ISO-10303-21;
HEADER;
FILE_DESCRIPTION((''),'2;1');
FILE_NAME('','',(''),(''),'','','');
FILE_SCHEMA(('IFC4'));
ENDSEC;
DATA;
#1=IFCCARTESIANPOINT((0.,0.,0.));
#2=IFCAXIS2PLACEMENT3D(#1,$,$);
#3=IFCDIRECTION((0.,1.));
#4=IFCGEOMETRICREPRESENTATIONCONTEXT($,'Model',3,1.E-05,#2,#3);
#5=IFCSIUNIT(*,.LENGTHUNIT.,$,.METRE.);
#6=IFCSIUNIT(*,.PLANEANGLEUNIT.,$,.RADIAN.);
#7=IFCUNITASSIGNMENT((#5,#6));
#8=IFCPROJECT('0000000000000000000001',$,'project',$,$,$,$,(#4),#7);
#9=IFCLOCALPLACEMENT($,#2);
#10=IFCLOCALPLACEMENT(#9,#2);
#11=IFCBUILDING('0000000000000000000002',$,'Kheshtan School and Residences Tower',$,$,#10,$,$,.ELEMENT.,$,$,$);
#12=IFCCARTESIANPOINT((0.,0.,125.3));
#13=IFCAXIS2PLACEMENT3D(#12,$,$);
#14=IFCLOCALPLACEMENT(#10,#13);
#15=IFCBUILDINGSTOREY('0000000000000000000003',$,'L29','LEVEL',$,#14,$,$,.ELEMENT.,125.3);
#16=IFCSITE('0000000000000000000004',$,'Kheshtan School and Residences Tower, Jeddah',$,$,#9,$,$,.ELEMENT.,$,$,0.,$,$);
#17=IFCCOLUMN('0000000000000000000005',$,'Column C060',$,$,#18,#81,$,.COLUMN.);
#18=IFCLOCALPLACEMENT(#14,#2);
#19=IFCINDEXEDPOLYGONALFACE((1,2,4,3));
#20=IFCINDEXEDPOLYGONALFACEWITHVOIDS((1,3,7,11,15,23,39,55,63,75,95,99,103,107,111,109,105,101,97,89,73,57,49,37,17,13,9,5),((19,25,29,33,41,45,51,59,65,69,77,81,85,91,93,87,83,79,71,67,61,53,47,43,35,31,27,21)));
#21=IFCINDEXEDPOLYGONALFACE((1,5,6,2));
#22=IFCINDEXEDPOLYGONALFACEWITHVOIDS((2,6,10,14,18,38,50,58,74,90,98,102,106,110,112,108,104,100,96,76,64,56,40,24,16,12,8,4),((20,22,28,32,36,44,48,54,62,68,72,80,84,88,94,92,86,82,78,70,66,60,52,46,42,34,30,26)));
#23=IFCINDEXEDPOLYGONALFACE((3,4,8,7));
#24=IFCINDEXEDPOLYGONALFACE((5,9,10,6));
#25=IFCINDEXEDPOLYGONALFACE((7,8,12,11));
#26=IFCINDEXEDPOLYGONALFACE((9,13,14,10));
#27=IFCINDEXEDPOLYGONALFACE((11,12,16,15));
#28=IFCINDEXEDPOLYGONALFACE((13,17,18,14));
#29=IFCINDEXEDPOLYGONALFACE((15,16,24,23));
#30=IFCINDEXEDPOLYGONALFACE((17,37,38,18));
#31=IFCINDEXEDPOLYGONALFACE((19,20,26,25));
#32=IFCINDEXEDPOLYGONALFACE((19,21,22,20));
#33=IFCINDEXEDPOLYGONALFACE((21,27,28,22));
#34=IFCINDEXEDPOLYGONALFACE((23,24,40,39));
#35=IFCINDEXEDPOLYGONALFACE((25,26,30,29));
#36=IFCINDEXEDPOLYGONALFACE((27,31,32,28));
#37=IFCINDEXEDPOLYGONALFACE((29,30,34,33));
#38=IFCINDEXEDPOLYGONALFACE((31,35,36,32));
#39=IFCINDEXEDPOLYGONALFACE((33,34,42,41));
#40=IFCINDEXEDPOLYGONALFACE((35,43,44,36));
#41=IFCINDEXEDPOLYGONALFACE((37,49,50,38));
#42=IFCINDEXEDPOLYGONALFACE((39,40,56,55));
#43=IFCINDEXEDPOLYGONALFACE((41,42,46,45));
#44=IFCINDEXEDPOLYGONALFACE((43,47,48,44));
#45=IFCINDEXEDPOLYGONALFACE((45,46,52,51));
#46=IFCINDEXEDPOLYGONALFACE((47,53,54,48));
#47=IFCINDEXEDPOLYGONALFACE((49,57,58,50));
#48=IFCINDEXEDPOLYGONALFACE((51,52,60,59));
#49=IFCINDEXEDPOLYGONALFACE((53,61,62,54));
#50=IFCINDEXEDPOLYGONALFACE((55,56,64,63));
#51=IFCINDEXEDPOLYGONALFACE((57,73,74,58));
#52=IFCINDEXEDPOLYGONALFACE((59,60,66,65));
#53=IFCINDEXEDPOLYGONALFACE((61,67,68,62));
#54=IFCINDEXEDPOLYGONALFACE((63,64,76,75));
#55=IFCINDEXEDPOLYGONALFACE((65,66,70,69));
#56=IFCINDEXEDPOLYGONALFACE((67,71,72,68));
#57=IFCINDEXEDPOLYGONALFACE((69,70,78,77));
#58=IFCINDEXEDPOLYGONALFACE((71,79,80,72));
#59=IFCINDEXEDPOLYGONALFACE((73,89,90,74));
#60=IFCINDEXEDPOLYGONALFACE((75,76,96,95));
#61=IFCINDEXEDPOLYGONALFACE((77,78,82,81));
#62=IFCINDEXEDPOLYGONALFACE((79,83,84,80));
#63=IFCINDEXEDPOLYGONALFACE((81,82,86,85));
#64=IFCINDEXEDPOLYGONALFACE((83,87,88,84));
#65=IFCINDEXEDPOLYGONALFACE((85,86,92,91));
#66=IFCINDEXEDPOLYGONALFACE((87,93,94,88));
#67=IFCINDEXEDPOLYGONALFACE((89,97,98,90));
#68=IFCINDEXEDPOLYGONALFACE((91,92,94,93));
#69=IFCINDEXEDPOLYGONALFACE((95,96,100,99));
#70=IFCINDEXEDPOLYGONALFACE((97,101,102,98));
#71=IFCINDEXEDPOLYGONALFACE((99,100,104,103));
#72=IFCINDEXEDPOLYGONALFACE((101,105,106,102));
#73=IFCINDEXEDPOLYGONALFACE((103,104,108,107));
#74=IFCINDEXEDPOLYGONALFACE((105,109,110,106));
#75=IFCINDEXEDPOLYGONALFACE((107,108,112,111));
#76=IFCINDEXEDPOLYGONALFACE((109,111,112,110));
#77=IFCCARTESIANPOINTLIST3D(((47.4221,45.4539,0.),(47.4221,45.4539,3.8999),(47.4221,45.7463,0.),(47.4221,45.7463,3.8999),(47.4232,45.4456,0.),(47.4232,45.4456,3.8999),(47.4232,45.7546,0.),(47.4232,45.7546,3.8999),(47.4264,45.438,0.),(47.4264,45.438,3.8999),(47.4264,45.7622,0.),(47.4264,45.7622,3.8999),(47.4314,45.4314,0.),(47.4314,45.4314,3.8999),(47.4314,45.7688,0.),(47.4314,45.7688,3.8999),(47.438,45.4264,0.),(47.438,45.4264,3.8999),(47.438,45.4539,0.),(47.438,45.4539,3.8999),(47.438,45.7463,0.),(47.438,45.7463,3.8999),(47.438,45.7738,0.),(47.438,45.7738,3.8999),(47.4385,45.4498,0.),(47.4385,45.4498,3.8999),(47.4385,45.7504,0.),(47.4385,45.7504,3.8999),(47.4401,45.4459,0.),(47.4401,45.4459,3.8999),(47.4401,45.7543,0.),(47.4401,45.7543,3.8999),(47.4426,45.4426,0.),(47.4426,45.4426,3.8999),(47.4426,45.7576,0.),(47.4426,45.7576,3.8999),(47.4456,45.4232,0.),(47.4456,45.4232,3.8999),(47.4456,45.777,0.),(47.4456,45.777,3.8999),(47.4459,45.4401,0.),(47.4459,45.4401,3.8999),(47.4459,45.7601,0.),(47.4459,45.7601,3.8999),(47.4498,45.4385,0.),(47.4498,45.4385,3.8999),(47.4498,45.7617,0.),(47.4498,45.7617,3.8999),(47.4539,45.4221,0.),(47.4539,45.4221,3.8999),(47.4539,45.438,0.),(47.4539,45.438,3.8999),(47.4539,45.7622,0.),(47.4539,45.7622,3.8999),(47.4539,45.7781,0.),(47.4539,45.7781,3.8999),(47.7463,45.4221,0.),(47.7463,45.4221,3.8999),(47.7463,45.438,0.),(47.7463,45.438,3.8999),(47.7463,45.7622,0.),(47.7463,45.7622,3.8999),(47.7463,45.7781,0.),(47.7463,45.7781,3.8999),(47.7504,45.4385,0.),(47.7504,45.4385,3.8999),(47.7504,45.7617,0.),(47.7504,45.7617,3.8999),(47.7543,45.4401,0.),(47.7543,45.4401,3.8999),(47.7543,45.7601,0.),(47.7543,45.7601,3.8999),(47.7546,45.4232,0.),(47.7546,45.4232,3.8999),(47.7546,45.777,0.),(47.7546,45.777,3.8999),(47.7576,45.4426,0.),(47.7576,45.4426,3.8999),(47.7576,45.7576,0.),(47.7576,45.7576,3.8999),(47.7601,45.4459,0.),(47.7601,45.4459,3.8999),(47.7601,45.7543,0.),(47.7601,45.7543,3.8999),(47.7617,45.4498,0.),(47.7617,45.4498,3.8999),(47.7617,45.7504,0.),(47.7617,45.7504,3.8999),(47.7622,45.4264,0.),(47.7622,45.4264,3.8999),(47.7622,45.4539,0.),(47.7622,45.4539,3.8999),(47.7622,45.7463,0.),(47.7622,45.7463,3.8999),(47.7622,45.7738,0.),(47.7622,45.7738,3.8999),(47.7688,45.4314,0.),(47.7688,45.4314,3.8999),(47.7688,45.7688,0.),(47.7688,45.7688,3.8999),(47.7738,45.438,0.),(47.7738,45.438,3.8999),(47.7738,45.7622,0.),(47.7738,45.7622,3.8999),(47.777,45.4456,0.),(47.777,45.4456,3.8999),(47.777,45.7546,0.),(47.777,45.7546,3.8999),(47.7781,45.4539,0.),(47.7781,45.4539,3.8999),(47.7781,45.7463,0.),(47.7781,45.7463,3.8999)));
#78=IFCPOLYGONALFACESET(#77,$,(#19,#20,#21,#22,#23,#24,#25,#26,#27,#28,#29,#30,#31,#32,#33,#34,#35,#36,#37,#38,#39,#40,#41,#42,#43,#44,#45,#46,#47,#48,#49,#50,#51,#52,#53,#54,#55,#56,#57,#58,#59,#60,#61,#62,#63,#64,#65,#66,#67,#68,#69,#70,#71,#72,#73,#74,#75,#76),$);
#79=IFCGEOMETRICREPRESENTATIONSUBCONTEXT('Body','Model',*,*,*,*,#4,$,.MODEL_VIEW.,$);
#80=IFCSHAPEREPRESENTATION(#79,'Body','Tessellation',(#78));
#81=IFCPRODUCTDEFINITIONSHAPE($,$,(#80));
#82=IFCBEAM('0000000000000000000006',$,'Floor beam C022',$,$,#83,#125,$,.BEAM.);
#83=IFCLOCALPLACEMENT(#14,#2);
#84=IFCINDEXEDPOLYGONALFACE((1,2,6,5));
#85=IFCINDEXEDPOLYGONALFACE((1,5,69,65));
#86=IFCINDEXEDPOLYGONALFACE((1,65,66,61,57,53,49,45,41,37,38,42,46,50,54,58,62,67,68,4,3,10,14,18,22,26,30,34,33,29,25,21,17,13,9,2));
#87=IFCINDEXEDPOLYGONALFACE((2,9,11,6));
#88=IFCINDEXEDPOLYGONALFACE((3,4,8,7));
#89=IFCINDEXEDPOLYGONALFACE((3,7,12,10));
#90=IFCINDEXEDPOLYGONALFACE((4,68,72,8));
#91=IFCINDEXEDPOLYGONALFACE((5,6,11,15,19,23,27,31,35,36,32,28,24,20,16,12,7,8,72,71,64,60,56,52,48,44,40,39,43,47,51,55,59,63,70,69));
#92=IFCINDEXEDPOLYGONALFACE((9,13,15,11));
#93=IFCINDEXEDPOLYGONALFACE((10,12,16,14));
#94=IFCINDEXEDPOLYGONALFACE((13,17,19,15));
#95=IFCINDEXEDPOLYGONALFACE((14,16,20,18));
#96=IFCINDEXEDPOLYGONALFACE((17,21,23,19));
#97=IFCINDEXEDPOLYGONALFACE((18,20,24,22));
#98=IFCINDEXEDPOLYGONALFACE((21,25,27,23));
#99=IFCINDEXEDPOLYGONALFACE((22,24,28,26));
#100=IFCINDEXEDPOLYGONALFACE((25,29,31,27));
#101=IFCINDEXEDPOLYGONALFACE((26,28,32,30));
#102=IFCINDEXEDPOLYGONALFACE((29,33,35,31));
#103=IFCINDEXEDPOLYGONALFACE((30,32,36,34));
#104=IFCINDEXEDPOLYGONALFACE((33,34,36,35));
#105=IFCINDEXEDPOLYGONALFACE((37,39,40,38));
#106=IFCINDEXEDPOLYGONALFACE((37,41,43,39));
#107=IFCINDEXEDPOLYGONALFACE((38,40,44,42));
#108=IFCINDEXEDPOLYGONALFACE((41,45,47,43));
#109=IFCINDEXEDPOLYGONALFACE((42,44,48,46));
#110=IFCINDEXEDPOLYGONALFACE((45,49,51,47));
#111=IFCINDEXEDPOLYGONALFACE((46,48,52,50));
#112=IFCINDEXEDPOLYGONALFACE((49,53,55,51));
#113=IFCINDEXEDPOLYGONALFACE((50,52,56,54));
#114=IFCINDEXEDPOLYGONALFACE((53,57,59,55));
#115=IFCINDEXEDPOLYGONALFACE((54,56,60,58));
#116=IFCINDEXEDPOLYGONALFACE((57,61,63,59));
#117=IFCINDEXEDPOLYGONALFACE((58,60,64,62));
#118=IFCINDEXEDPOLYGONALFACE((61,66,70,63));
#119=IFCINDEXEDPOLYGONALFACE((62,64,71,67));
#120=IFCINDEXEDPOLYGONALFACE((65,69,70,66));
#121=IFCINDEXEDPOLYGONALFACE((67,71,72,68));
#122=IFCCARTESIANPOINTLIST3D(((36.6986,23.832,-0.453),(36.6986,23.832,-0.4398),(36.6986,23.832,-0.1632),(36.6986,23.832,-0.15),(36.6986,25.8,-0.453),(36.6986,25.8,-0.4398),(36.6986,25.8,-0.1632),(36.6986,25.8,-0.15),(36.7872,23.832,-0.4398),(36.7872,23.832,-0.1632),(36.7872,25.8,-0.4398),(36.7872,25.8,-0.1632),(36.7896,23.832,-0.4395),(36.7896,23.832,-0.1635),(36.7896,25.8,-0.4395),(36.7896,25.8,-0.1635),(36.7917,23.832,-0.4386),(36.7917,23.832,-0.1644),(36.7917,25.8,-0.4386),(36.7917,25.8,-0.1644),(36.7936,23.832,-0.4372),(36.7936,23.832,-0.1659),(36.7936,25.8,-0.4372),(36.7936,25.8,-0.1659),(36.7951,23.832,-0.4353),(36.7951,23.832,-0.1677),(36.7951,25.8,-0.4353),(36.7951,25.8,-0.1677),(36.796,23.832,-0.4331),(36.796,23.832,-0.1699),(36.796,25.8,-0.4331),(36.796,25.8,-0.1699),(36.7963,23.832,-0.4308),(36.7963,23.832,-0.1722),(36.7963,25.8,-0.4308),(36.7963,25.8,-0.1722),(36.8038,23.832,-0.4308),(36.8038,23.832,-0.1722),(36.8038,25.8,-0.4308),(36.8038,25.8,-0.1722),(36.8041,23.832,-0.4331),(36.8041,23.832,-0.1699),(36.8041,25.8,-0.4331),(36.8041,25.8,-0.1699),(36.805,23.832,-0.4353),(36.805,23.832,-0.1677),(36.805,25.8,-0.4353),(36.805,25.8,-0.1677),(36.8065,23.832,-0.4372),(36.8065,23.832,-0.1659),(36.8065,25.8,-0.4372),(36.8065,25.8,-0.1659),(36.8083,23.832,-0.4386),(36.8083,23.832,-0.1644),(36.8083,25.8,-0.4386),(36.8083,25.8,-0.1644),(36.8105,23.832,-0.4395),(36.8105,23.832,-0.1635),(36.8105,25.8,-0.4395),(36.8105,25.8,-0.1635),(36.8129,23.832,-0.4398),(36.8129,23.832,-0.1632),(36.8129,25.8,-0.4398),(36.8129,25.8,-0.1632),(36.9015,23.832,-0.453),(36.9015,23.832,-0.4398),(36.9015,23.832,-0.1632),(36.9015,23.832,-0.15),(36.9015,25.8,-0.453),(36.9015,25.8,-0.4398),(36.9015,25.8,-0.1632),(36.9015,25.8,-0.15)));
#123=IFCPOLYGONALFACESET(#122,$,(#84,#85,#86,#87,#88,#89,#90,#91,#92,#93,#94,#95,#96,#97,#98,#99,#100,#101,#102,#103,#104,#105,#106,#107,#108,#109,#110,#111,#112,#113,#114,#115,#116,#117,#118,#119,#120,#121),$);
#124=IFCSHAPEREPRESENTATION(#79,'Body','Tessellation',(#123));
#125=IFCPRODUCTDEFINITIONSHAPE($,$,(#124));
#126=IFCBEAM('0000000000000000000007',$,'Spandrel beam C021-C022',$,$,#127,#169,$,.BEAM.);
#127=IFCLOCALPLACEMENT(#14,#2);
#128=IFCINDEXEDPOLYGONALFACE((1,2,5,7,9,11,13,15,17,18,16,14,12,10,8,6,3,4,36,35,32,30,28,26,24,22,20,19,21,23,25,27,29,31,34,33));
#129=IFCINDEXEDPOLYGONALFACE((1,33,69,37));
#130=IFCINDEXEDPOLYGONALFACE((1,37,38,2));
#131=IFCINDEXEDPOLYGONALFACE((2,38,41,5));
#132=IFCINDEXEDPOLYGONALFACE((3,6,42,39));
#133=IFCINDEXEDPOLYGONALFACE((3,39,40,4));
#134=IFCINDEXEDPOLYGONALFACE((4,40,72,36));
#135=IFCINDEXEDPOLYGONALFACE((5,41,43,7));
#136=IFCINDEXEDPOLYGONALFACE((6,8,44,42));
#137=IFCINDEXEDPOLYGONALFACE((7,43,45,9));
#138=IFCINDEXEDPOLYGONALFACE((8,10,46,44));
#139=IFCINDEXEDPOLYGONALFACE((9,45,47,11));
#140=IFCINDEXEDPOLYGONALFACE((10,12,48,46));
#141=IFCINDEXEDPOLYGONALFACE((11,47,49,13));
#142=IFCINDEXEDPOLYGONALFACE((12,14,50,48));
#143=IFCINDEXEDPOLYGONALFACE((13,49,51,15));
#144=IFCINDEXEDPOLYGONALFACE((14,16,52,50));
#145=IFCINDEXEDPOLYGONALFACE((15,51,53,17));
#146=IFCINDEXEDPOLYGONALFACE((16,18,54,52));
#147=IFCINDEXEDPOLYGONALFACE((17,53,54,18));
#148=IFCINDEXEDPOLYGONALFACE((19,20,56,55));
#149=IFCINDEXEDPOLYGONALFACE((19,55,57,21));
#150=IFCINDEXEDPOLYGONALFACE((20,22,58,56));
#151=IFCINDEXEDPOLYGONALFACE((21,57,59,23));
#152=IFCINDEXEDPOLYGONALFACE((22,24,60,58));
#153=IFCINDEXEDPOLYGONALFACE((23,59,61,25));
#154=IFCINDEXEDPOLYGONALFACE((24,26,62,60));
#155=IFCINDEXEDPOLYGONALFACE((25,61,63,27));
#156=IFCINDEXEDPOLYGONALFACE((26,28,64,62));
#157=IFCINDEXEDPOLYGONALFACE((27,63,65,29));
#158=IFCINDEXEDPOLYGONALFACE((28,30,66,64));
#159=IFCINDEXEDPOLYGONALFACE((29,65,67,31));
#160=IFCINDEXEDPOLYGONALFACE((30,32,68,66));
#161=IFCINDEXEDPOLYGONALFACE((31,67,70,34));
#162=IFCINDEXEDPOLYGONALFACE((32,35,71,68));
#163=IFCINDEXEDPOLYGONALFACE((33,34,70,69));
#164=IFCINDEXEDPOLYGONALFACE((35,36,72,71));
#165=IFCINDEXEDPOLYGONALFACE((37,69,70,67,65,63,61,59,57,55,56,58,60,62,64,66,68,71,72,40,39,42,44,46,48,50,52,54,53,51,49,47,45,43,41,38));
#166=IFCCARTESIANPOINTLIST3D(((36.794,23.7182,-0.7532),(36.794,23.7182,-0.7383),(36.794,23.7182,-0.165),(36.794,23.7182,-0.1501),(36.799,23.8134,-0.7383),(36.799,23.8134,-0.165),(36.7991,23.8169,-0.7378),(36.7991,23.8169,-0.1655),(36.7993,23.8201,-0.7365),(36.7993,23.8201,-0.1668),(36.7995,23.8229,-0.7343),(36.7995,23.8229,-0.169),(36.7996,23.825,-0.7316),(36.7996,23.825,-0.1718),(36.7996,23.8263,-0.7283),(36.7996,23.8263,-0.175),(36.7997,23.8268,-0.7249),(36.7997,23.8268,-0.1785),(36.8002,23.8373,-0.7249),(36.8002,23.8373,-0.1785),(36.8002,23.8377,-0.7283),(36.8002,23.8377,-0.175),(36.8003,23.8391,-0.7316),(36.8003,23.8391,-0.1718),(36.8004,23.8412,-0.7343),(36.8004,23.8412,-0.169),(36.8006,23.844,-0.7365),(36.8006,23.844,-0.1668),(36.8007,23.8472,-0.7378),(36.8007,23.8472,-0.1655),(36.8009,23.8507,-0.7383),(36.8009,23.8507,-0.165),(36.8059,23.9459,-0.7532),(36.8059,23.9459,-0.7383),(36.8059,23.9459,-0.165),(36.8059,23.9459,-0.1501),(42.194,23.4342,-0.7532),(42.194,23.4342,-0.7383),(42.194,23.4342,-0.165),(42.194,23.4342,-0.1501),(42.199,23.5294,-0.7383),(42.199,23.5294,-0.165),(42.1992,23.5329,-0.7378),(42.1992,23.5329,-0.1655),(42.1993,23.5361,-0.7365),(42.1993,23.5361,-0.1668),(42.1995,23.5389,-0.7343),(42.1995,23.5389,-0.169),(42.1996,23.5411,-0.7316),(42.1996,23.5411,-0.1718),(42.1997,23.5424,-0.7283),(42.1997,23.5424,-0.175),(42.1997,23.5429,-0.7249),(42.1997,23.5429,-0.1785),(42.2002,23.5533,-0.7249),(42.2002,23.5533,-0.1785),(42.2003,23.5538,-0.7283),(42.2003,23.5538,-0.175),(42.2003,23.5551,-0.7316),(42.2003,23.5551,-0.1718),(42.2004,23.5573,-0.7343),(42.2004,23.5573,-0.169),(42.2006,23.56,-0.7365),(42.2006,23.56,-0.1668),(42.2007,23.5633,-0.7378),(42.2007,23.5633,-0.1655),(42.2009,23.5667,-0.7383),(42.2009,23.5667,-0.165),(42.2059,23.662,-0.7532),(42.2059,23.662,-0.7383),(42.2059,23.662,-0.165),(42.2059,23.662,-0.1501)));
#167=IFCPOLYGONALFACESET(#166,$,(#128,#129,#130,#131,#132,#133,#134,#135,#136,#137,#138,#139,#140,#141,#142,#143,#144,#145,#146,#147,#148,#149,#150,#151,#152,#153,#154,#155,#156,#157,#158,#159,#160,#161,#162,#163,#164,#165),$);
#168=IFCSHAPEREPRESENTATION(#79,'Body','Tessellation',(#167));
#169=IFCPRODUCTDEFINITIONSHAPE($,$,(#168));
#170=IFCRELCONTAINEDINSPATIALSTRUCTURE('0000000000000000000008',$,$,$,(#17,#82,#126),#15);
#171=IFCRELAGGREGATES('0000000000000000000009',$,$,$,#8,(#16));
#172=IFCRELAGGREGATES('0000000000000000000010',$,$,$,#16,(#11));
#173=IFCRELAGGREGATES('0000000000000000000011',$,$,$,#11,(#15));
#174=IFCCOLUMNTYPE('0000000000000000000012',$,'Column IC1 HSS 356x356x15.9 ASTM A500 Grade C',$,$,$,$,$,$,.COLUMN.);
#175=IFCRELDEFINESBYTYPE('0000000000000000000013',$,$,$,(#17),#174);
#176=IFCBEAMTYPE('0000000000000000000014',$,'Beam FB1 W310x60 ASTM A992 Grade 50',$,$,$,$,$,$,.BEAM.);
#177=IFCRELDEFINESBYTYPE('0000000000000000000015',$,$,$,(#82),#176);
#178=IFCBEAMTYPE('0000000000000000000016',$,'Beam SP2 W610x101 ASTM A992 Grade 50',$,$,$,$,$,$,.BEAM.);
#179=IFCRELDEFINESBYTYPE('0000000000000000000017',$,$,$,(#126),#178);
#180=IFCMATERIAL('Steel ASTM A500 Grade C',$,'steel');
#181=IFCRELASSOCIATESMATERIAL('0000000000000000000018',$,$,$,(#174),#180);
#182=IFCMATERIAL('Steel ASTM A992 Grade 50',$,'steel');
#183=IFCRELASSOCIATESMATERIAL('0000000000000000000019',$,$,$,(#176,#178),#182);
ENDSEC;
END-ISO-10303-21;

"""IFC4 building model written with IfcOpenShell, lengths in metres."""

from ifc_helpers import new_model, si_unit, direction, frame, origin, origin_2d, place, context, subcontext, project, spatial, hollow_rectangle, i_section, extrude, material, material_profile, profile_set, type_object, element, save


model = new_model("IFC4")

# Units and contexts
model_context = context("Model", 3, precision=1e-05, world=origin(), true_north=direction((0.0, 1.0)))
body_context = subcontext(model_context, "Body", "Model", "MODEL_VIEW")
ifc_project = project(units=[si_unit("LENGTHUNIT", "METRE"), si_unit("PLANEANGLEUNIT", "RADIAN")], contexts=[model_context])

# Site, building, storey
site_placement = place(None, origin())
site = spatial("IfcSite", under=ifc_project, at=site_placement, Name="Kheshtan School and Residences Tower, Jeddah", CompositionType="ELEMENT", RefElevation=0.0)
building_placement = place(site_placement, origin())
building = spatial("IfcBuilding", under=site, at=building_placement, Name="Kheshtan School and Residences Tower", CompositionType="ELEMENT")
storey_placement = place(building_placement, frame((0.0, 0.0, 125.3)))
storey = spatial("IfcBuildingStorey", under=building, at=storey_placement, Name="L29", Description="LEVEL", CompositionType="ELEMENT", Elevation=125.3)

# Column
ifc_material_1 = material(Name="Steel ASTM A992 Grade 50", Category="steel")
ifc_material_2 = material(Name="Steel ASTM A500 Grade C", Category="steel")
ifc_material_profile_1 = material_profile(ifc_material_2, hollow_rectangle(XDim=0.356, YDim=0.356, WallThickness=0.0159, InnerFilletRadius=0.0159, OuterFilletRadius=0.0317, at=origin_2d()), Name="HSS 356x356x15.9")
ifc_profile_set_1 = profile_set([ifc_material_profile_1], Name="Steel ASTM A500 Grade C")
column_type_1 = type_object("IfcColumnType", Name="Column IC1 HSS 356x356x15.9 ASTM A500 Grade C", PredefinedType="COLUMN", material=ifc_profile_set_1)
column_placement = place(storey_placement, frame((47.6001, 45.6001, 0.0), z_axis=(0.0, 0.0, 1.0), x_axis=(1.0, 0.0, 0.0)))
element("IfcColumn", 1, at=column_placement, inside=storey, type_object=column_type_1, Name="Column C060", PredefinedType="COLUMN", context=body_context, shape_type="SweptSolid", body=[
    extrude(hollow_rectangle(XDim=0.356, YDim=0.356, WallThickness=0.0159, InnerFilletRadius=0.0159, OuterFilletRadius=0.0317, at=origin_2d()), origin(), (0.0, 0.0, 1.0), 3.8999),
])

# Beams
ifc_material_profile_2 = material_profile(ifc_material_1, i_section(OverallWidth=0.2029, OverallDepth=0.303, WebThickness=0.0076, FlangeThickness=0.0132, FilletRadius=0.009, at=origin_2d()), Name="W310x60")
ifc_profile_set_2 = profile_set([ifc_material_profile_2], Name="Steel ASTM A992 Grade 50")
beam_type_1 = type_object("IfcBeamType", Name="Beam FB1 W310x60 ASTM A992 Grade 50", PredefinedType="BEAM", material=ifc_profile_set_2)
beam_1_placement = place(storey_placement, frame((36.8, 23.832, -0.3015), z_axis=(0.0, 1.0, 0.0), x_axis=(-1.0, 0.0, 0.0)))
element("IfcBeam", 2, at=beam_1_placement, inside=storey, type_object=beam_type_1, Name="Floor beam C022", PredefinedType="BEAM", context=body_context, shape_type="SweptSolid", body=[
    extrude(i_section(OverallWidth=0.2029, OverallDepth=0.303, WebThickness=0.0076, FlangeThickness=0.0132, FilletRadius=0.009, at=origin_2d()), origin(), (0.0, 0.0, 1.0), 1.968),
])
ifc_material_profile_3 = material_profile(ifc_material_1, i_section(OverallWidth=0.228, OverallDepth=0.603, WebThickness=0.0105, FlangeThickness=0.0149, FilletRadius=0.0134, at=origin_2d()), Name="W610x101")
ifc_profile_set_3 = profile_set([ifc_material_profile_3], Name="Steel ASTM A992 Grade 50")
beam_type_2 = type_object("IfcBeamType", Name="Beam SP2 W610x101 ASTM A992 Grade 50", PredefinedType="BEAM", material=ifc_profile_set_3)
beam_2_placement = place(storey_placement, frame((42.2, 23.5481, -0.4517), z_axis=(-0.99862, 0.052509, 0.0), x_axis=(-0.052509, -0.99862, 0.0)))
element("IfcBeam", 3, at=beam_2_placement, inside=storey, type_object=beam_type_2, Name="Spandrel beam C021-C022", PredefinedType="BEAM", context=body_context, shape_type="SweptSolid", body=[
    extrude(i_section(OverallWidth=0.228, OverallDepth=0.603, WebThickness=0.0105, FlangeThickness=0.0149, FilletRadius=0.0134, at=origin_2d()), origin(), (0.0, 0.0, 1.0), 5.4075),
])

save(model, "model.ifc")
